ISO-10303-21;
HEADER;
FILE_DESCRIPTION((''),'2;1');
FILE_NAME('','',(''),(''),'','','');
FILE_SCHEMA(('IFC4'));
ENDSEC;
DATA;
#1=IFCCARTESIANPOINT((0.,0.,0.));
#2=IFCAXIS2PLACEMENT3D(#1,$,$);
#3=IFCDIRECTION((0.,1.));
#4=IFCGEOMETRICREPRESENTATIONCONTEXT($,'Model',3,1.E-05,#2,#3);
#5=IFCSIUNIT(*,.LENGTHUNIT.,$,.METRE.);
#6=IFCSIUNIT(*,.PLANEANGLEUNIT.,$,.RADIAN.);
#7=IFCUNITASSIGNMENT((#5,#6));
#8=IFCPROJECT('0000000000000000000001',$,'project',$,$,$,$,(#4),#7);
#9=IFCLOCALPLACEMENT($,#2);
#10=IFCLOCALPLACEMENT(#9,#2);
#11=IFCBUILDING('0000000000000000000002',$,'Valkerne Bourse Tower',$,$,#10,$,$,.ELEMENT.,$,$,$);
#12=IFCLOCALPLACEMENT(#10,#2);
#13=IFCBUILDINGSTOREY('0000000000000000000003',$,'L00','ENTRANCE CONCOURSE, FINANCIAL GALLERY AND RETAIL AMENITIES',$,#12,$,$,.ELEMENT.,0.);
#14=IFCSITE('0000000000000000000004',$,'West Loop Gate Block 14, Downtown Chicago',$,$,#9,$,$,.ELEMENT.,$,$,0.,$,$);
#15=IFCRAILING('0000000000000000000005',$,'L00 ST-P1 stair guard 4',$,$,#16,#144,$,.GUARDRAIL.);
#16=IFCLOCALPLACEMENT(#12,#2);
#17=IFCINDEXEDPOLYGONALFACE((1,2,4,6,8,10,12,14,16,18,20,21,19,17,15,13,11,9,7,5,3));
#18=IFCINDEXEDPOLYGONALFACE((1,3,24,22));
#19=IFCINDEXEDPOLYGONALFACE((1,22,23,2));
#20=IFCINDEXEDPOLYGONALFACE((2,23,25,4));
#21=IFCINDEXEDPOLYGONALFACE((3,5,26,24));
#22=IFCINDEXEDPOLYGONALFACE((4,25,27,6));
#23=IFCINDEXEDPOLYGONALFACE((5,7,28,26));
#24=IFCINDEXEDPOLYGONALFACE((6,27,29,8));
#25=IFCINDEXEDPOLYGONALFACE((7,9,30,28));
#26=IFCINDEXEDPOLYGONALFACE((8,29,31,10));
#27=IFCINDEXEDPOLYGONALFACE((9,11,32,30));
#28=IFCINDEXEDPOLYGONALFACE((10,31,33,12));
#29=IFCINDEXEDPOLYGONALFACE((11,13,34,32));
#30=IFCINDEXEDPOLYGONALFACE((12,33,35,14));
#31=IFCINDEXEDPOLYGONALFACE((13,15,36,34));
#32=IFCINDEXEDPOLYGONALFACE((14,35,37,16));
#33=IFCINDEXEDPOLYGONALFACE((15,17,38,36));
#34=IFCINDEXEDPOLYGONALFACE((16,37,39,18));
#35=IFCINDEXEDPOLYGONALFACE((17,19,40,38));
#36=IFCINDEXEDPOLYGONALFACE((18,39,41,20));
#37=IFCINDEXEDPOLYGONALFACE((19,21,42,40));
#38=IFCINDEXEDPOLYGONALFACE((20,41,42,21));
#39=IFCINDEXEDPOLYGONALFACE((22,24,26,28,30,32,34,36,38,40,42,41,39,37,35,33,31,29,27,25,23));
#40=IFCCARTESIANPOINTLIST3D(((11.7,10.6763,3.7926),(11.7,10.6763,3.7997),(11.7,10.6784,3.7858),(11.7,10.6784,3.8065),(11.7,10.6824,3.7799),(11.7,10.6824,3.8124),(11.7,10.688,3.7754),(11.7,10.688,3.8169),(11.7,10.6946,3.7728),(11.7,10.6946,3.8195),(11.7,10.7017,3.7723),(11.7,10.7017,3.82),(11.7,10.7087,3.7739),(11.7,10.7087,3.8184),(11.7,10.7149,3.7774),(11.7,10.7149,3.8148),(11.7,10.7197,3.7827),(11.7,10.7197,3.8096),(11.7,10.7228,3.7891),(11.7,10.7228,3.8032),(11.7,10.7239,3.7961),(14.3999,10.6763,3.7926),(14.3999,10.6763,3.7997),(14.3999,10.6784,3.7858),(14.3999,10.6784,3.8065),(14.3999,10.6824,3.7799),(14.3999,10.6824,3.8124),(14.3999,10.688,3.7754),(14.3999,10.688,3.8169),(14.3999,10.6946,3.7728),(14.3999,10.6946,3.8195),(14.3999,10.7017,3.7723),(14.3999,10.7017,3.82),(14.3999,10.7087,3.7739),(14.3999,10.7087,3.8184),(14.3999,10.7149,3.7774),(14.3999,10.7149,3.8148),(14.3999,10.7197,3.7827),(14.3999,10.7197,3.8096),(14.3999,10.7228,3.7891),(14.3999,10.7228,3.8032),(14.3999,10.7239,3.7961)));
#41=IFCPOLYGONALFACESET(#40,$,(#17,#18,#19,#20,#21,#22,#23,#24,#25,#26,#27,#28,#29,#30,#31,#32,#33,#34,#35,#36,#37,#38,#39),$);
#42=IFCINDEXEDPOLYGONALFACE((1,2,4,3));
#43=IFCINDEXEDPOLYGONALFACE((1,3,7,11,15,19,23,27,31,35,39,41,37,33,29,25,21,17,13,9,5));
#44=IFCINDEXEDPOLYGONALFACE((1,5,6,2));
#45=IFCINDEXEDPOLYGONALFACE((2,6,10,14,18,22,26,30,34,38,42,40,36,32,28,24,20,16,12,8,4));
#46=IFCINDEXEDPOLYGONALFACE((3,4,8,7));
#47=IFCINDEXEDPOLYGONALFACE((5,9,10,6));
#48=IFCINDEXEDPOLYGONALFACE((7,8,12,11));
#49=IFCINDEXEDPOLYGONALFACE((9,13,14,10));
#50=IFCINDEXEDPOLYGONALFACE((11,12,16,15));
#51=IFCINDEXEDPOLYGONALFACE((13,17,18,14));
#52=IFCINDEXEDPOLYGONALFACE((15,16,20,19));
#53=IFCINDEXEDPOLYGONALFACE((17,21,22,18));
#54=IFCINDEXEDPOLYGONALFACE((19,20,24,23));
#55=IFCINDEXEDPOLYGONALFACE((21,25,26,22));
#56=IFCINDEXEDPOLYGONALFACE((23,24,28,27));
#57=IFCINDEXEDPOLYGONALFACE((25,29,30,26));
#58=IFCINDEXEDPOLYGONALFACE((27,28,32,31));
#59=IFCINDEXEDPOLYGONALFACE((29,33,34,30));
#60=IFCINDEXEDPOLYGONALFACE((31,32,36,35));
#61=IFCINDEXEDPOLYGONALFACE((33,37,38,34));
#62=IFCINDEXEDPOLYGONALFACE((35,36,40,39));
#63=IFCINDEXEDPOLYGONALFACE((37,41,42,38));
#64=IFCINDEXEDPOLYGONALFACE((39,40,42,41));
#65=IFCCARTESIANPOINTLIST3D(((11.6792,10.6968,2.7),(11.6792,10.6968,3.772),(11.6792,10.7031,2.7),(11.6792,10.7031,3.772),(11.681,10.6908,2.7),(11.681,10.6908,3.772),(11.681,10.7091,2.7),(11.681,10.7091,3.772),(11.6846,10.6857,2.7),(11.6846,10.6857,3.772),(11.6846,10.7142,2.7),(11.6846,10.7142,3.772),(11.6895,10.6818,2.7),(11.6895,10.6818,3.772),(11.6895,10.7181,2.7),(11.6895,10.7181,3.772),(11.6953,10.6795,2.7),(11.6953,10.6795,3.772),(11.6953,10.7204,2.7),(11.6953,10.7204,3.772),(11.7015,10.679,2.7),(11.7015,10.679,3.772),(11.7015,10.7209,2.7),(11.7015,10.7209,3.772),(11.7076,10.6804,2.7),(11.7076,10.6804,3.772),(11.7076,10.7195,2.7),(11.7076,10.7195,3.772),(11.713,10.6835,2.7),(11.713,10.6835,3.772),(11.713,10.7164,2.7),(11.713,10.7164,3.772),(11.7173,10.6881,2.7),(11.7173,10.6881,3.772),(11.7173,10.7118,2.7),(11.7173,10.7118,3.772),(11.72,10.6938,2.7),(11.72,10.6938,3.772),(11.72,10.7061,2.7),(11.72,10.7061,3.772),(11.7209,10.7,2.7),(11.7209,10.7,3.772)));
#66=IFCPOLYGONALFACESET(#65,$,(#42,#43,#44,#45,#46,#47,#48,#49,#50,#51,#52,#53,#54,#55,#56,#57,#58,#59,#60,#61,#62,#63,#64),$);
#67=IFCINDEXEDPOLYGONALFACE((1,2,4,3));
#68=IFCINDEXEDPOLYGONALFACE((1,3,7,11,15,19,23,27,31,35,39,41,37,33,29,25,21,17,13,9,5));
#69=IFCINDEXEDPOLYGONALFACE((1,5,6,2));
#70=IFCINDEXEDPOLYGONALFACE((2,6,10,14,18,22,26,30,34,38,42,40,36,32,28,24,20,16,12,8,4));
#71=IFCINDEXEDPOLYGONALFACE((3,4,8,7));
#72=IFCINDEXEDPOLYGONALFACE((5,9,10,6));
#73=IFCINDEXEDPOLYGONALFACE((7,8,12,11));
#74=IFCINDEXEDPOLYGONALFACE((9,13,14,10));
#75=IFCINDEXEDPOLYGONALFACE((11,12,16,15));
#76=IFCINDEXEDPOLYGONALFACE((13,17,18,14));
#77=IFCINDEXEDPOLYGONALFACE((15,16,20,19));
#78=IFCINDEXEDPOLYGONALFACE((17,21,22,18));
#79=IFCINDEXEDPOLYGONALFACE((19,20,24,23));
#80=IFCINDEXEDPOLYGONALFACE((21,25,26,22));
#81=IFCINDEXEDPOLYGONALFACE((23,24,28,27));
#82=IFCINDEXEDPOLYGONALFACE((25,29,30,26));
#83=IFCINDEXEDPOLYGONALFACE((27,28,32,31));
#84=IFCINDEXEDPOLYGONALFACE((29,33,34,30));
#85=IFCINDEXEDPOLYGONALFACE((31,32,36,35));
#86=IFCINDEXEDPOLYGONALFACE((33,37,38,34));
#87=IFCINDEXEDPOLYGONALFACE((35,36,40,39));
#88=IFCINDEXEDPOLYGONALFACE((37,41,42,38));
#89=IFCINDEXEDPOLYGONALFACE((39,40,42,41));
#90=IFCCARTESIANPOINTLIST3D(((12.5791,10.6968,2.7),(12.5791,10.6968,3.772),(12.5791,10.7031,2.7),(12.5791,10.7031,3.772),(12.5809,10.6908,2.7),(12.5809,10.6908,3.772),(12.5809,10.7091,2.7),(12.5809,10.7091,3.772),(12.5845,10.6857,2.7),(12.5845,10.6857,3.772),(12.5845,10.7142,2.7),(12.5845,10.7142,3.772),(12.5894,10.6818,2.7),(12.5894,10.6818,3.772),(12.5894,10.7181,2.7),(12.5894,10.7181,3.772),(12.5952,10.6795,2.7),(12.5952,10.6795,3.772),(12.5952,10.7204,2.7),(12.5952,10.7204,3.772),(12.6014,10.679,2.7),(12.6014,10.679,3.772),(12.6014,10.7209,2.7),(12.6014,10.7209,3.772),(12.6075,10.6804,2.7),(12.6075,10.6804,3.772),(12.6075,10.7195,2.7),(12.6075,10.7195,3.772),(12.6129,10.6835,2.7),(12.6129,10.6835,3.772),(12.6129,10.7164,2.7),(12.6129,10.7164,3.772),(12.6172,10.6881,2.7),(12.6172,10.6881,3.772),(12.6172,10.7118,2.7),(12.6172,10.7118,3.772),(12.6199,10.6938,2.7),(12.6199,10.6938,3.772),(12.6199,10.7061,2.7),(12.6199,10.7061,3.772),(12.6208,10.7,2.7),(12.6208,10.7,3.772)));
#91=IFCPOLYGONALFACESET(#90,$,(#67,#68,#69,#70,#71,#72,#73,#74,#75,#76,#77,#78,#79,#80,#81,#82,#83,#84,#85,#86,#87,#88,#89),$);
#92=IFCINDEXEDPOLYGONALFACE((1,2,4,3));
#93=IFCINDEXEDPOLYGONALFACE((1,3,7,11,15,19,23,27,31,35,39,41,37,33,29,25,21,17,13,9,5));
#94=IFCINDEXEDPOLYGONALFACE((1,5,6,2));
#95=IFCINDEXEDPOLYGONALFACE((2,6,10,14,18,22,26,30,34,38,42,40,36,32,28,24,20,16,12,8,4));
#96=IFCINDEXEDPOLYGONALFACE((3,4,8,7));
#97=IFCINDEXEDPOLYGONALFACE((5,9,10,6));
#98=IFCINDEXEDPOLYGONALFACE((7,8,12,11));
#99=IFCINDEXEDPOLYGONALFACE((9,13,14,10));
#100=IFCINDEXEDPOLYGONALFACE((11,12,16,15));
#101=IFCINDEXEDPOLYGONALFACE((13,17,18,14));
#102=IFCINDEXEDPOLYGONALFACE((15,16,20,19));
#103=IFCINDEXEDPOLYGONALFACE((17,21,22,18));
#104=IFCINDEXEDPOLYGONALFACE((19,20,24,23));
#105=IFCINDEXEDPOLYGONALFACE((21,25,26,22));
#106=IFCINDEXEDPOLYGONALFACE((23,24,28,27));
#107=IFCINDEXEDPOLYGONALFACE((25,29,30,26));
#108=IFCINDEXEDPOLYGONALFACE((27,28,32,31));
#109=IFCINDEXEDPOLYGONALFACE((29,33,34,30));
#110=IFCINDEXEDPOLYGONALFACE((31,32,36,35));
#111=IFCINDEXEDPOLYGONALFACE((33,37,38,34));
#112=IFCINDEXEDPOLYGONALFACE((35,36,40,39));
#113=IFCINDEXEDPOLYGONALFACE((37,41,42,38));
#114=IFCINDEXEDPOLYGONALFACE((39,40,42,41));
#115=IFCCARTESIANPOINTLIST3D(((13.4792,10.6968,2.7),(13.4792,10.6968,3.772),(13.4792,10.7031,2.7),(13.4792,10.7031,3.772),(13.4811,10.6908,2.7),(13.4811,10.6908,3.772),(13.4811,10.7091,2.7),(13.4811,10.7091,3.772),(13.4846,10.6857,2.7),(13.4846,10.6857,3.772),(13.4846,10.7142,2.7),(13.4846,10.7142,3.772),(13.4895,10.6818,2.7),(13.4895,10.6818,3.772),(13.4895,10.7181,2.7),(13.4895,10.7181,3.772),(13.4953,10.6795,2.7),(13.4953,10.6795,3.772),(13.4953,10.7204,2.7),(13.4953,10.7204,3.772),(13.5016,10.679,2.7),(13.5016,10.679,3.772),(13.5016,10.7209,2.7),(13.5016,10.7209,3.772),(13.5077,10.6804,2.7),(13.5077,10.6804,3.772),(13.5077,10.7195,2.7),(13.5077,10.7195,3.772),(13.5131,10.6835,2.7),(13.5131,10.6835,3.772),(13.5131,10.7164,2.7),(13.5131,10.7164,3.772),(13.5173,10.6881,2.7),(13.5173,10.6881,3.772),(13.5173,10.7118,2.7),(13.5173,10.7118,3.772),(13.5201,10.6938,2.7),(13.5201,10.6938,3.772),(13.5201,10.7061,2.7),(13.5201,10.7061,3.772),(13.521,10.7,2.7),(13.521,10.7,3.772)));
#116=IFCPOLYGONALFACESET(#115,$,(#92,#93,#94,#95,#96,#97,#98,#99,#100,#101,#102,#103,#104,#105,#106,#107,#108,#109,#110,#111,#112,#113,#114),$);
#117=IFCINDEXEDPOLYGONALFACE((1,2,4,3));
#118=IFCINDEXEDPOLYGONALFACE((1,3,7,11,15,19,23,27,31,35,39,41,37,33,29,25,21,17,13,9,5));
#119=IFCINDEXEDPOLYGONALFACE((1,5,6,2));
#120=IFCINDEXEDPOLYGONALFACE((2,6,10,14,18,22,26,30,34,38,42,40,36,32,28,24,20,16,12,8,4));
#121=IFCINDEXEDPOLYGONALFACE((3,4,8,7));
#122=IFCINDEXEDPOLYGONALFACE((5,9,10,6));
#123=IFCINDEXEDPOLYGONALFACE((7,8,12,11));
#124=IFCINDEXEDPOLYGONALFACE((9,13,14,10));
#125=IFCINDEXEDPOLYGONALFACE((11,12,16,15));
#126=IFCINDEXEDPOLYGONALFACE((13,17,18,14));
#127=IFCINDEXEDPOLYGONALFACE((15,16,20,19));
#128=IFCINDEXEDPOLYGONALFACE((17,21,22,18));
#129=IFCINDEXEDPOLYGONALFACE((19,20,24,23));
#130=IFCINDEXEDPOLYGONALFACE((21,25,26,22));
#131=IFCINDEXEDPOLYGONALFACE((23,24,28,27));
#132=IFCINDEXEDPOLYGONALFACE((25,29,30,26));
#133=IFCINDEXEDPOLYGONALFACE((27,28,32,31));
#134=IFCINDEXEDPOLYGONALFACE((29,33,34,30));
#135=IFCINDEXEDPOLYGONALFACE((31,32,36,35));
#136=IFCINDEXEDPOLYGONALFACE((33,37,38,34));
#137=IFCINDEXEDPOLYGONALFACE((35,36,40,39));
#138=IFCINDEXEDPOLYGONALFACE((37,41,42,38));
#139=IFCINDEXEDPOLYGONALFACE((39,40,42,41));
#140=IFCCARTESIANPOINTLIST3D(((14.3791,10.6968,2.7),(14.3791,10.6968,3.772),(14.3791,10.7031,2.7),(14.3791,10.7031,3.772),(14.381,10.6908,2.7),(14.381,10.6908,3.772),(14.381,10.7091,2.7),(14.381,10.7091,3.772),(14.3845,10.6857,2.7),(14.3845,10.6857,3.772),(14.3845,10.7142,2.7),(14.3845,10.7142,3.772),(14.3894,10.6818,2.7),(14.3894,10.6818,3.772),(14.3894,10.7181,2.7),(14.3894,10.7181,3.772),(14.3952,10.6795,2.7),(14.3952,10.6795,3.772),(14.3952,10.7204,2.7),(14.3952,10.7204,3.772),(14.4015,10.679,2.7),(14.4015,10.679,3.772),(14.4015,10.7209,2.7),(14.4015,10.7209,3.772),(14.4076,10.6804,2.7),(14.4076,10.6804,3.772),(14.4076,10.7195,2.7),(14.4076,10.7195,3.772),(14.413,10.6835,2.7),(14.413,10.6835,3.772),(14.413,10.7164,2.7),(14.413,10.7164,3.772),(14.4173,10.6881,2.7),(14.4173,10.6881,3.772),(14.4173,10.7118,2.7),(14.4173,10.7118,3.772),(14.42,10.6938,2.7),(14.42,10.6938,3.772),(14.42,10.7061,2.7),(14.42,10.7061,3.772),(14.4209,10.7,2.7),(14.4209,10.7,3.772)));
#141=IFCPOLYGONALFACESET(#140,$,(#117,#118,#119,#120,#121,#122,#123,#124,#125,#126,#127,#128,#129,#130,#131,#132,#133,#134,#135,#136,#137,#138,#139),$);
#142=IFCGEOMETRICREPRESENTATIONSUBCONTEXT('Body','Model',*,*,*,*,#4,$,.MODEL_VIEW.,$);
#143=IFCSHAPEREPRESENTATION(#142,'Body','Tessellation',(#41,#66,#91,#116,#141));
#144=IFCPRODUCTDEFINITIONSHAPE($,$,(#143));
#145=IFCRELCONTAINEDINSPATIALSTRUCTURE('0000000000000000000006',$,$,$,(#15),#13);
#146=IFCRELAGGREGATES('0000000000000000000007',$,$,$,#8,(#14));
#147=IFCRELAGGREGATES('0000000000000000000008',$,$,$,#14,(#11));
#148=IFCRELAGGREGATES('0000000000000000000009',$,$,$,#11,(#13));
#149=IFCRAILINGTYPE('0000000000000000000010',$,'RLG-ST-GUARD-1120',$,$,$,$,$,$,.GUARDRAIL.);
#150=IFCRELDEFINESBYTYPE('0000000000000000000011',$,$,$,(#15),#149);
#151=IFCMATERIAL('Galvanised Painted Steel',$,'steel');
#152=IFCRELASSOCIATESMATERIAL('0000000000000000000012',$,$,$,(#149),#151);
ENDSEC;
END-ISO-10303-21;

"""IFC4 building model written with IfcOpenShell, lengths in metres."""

from ifc_helpers import new_model, si_unit, direction, frame, origin, origin_2d, place, context, subcontext, project, spatial, circle, extrude, material, type_object, element, save


model = new_model("IFC4")

# Units and contexts
model_context = context("Model", 3, precision=1e-05, world=origin(), true_north=direction((0.0, 1.0)))
body_context = subcontext(model_context, "Body", "Model", "MODEL_VIEW")
ifc_project = project(units=[si_unit("LENGTHUNIT", "METRE"), si_unit("PLANEANGLEUNIT", "RADIAN")], contexts=[model_context])

# Site, building, storey
site_placement = place(None, origin())
site = spatial("IfcSite", under=ifc_project, at=site_placement, Name="West Loop Gate Block 14, Downtown Chicago", CompositionType="ELEMENT", RefElevation=0.0)
building_placement = place(site_placement, origin())
building = spatial("IfcBuilding", under=site, at=building_placement, Name="Valkerne Bourse Tower", CompositionType="ELEMENT")
storey_placement = place(building_placement, origin())
storey = spatial("IfcBuildingStorey", under=building, at=storey_placement, Name="L00", Description="ENTRANCE CONCOURSE, FINANCIAL GALLERY AND RETAIL AMENITIES", CompositionType="ELEMENT", Elevation=0.0)

# Shared definitions
ifc_material_1 = material(Name="Galvanised Painted Steel", Category="steel")

# Railing
railing_type_1 = type_object("IfcRailingType", Name="RLG-ST-GUARD-1120", PredefinedType="GUARDRAIL", material=ifc_material_1)
railing_1_placement = place(storey_placement, frame((11.7, 10.7, 2.7)))
element("IfcRailing", 1, at=railing_1_placement, inside=storey, type_object=railing_type_1, Name="L00 ST-P1 stair guard 4", PredefinedType="GUARDRAIL", context=body_context, shape_type="SweptSolid", body=[
    extrude(circle(Radius=0.0239, at=origin_2d()), frame((0.0, 0.0, 1.0962), z_axis=(1.0, 0.0, 0.0), x_axis=(0.0, 1.0, 0.0)), (0.0, 0.0, 1.0), 2.7),
    extrude(circle(Radius=0.021, at=origin_2d()), origin(), (0.0, 0.0, 1.0), 1.072),
    extrude(circle(Radius=0.021, at=origin_2d()), frame((0.8999, 0.0, 0.0)), (0.0, 0.0, 1.0), 1.072),
    extrude(circle(Radius=0.021, at=origin_2d()), frame((1.8, 0.0, 0.0)), (0.0, 0.0, 1.0), 1.072),
    extrude(circle(Radius=0.021, at=origin_2d()), frame((2.7, 0.0, 0.0)), (0.0, 0.0, 1.0), 1.072),
])

save(model, "model.ifc")
